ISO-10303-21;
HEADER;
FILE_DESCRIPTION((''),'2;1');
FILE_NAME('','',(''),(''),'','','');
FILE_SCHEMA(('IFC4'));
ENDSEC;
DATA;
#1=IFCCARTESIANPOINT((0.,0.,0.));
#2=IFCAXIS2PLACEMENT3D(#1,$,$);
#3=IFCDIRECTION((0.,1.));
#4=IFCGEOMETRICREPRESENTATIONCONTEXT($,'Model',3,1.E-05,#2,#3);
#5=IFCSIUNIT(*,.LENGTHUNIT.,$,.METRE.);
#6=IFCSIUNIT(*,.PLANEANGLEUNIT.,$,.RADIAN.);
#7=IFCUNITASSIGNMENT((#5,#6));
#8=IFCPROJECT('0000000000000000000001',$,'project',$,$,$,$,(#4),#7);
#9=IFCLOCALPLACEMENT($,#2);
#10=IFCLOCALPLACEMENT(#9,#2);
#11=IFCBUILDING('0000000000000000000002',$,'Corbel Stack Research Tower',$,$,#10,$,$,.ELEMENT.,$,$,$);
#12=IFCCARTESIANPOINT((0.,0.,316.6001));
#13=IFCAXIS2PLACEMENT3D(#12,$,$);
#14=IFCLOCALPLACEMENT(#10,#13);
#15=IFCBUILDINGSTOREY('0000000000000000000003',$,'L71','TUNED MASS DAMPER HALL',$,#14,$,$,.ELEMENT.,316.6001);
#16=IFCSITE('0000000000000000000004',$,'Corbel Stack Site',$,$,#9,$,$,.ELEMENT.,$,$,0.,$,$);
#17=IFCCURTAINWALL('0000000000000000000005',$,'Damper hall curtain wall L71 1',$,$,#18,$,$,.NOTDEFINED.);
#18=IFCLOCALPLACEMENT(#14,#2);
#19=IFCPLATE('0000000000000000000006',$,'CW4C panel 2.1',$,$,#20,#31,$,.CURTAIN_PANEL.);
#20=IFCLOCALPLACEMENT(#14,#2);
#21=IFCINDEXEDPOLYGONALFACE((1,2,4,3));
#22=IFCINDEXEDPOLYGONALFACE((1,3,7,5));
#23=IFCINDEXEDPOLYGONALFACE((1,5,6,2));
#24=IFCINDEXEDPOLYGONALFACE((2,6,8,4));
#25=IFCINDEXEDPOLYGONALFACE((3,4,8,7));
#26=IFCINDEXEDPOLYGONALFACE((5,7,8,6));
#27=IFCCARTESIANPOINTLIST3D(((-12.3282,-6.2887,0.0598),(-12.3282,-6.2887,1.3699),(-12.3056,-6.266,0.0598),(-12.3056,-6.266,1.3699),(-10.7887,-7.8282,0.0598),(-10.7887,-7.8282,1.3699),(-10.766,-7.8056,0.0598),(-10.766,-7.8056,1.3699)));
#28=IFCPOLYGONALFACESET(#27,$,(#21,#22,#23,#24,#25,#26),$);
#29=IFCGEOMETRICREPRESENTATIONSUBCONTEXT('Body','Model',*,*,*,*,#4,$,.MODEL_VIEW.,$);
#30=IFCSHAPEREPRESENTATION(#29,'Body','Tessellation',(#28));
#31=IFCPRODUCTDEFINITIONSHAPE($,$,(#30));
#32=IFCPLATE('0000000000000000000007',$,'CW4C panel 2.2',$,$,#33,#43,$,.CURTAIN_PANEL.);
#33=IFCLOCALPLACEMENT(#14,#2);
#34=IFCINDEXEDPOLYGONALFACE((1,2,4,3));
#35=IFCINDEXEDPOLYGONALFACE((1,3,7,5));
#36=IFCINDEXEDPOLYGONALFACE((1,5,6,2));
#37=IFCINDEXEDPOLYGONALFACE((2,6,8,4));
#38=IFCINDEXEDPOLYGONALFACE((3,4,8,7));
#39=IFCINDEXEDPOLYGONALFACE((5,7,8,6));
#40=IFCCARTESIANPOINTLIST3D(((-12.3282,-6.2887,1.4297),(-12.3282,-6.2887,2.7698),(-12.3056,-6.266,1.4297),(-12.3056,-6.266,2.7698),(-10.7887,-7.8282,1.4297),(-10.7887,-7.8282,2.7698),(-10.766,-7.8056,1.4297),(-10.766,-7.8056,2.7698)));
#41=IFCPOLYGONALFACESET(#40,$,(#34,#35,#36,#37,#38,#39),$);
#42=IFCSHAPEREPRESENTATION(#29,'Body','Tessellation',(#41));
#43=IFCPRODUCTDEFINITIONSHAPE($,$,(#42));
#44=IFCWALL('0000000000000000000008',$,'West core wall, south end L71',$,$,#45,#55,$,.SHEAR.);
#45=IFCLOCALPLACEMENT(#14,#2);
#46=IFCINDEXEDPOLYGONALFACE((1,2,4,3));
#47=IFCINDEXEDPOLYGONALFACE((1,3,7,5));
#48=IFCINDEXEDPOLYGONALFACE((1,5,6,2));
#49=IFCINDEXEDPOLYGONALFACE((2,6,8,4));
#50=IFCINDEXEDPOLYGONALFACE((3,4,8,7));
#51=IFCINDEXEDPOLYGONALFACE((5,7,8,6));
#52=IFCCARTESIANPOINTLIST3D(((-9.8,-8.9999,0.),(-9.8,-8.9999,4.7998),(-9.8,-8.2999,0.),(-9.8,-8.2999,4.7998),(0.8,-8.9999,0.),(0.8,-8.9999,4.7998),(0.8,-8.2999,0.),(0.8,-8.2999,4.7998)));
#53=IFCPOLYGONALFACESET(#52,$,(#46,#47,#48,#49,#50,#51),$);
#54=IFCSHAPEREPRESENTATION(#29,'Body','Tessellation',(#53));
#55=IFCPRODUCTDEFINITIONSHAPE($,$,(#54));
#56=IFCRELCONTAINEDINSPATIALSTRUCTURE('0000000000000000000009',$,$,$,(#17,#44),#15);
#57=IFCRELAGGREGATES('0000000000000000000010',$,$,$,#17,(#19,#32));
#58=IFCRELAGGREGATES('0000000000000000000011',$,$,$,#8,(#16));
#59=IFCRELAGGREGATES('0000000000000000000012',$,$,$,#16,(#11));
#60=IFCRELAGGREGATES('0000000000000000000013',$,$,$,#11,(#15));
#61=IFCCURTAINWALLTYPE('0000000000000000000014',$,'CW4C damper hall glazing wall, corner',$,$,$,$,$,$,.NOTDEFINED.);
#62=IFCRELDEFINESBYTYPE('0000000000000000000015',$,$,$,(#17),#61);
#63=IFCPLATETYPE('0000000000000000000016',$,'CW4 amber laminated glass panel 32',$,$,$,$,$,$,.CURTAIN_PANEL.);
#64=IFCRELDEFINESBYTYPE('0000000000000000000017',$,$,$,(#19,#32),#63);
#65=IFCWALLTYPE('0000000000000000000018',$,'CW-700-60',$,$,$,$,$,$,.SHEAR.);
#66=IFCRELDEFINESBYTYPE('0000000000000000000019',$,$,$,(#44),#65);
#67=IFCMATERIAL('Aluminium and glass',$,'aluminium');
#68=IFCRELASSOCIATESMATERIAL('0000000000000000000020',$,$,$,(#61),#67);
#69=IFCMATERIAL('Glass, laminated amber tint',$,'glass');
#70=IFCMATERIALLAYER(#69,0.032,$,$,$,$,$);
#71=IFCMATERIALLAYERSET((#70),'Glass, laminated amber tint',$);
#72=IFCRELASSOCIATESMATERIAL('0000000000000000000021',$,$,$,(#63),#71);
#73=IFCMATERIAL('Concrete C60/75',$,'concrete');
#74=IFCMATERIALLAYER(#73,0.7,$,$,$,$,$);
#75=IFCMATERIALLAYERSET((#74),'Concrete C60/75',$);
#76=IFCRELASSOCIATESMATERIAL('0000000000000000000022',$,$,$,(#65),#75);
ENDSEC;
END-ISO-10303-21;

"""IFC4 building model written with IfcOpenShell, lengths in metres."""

from ifc_helpers import new_model, si_unit, direction, frame, frame_2d, origin, origin_2d, place, context, subcontext, project, spatial, rectangle, extrude, material, layer, layer_set, type_object, element, aggregate, save


model = new_model("IFC4")

# Units and contexts
model_context = context("Model", 3, precision=1e-05, world=origin(), true_north=direction((0.0, 1.0)))
body_context = subcontext(model_context, "Body", "Model", "MODEL_VIEW")
ifc_project = project(units=[si_unit("LENGTHUNIT", "METRE"), si_unit("PLANEANGLEUNIT", "RADIAN")], contexts=[model_context])

# Site, building, storey
site_placement = place(None, origin())
site = spatial("IfcSite", under=ifc_project, at=site_placement, Name="Corbel Stack Site", CompositionType="ELEMENT", RefElevation=0.0)
building_placement = place(site_placement, origin())
building = spatial("IfcBuilding", under=site, at=building_placement, Name="Corbel Stack Research Tower", CompositionType="ELEMENT")
storey_placement = place(building_placement, frame((0.0, 0.0, 316.6001)))
storey = spatial("IfcBuildingStorey", under=building, at=storey_placement, Name="L71", Description="TUNED MASS DAMPER HALL", CompositionType="ELEMENT", Elevation=316.6001)

# Curtain wall
ifc_material_1 = material(Name="Aluminium and glass", Category="aluminium")
curtain_wall_type = type_object("IfcCurtainWallType", Name="CW4C damper hall glazing wall, corner", PredefinedType="NOTDEFINED", material=ifc_material_1)
curtain_wall_1_placement = place(storey_placement, origin())
curtain_wall_1 = element("IfcCurtainWall", 1, at=curtain_wall_1_placement, inside=storey, type_object=curtain_wall_type, Name="Damper hall curtain wall L71 1", PredefinedType="NOTDEFINED")

# Plates
ifc_material_2 = material(Name="Glass, laminated amber tint", Category="glass")
ifc_layer_1 = layer(ifc_material_2, 0.032)
ifc_layer_set_1 = layer_set([ifc_layer_1], Name="Glass, laminated amber tint")
plate_type = type_object("IfcPlateType", Name="CW4 amber laminated glass panel 32", PredefinedType="CURTAIN_PANEL", material=ifc_layer_set_1)
plate_1_placement = place(storey_placement, frame((-11.5471, -7.0471, 0.0598), z_axis=(0.0, 0.0, 1.0), x_axis=(-0.707107, 0.707107, 0.0)))
plate_1 = element("IfcPlate", 2, at=plate_1_placement, type_object=plate_type, Name="CW4C panel 2.1", PredefinedType="CURTAIN_PANEL", context=body_context, shape_type="SweptSolid", body=[
    extrude(rectangle(XDim=2.1772, YDim=0.032, at=origin_2d()), origin(), (0.0, 0.0, 1.0), 1.3101),
])
plate_2_placement = place(storey_placement, frame((-11.5471, -7.0471, 1.4297), z_axis=(0.0, 0.0, 1.0), x_axis=(-0.707107, 0.707107, 0.0)))
plate_2 = element("IfcPlate", 3, at=plate_2_placement, type_object=plate_type, Name="CW4C panel 2.2", PredefinedType="CURTAIN_PANEL", context=body_context, shape_type="SweptSolid", body=[
    extrude(rectangle(XDim=2.1772, YDim=0.032, at=origin_2d()), origin(), (0.0, 0.0, 1.0), 1.3401),
])
aggregate(curtain_wall_1, [plate_1, plate_2])

# Shared definitions
ifc_material_3 = material(Name="Concrete C60/75", Category="concrete")
ifc_layer_2 = layer(ifc_material_3, 0.7)
ifc_layer_set_2 = layer_set([ifc_layer_2], Name="Concrete C60/75")
wall_type = type_object("IfcWallType", Name="CW-700-60", PredefinedType="SHEAR", material=ifc_layer_set_2)

# Wall
wall_1_placement = place(storey_placement, frame((-9.8, -8.6499, 0.0), z_axis=(0.0, 0.0, 1.0), x_axis=(1.0, 0.0, 0.0)))
element("IfcWall", 4, at=wall_1_placement, inside=storey, type_object=wall_type, Name="West core wall, south end L71", PredefinedType="SHEAR", context=body_context, shape_type="SweptSolid", body=[
    extrude(rectangle(XDim=10.6001, YDim=0.7, at=frame_2d((5.3, 0.0))), origin(), (0.0, 0.0, 1.0), 4.7998),
])

save(model, "model.ifc")
